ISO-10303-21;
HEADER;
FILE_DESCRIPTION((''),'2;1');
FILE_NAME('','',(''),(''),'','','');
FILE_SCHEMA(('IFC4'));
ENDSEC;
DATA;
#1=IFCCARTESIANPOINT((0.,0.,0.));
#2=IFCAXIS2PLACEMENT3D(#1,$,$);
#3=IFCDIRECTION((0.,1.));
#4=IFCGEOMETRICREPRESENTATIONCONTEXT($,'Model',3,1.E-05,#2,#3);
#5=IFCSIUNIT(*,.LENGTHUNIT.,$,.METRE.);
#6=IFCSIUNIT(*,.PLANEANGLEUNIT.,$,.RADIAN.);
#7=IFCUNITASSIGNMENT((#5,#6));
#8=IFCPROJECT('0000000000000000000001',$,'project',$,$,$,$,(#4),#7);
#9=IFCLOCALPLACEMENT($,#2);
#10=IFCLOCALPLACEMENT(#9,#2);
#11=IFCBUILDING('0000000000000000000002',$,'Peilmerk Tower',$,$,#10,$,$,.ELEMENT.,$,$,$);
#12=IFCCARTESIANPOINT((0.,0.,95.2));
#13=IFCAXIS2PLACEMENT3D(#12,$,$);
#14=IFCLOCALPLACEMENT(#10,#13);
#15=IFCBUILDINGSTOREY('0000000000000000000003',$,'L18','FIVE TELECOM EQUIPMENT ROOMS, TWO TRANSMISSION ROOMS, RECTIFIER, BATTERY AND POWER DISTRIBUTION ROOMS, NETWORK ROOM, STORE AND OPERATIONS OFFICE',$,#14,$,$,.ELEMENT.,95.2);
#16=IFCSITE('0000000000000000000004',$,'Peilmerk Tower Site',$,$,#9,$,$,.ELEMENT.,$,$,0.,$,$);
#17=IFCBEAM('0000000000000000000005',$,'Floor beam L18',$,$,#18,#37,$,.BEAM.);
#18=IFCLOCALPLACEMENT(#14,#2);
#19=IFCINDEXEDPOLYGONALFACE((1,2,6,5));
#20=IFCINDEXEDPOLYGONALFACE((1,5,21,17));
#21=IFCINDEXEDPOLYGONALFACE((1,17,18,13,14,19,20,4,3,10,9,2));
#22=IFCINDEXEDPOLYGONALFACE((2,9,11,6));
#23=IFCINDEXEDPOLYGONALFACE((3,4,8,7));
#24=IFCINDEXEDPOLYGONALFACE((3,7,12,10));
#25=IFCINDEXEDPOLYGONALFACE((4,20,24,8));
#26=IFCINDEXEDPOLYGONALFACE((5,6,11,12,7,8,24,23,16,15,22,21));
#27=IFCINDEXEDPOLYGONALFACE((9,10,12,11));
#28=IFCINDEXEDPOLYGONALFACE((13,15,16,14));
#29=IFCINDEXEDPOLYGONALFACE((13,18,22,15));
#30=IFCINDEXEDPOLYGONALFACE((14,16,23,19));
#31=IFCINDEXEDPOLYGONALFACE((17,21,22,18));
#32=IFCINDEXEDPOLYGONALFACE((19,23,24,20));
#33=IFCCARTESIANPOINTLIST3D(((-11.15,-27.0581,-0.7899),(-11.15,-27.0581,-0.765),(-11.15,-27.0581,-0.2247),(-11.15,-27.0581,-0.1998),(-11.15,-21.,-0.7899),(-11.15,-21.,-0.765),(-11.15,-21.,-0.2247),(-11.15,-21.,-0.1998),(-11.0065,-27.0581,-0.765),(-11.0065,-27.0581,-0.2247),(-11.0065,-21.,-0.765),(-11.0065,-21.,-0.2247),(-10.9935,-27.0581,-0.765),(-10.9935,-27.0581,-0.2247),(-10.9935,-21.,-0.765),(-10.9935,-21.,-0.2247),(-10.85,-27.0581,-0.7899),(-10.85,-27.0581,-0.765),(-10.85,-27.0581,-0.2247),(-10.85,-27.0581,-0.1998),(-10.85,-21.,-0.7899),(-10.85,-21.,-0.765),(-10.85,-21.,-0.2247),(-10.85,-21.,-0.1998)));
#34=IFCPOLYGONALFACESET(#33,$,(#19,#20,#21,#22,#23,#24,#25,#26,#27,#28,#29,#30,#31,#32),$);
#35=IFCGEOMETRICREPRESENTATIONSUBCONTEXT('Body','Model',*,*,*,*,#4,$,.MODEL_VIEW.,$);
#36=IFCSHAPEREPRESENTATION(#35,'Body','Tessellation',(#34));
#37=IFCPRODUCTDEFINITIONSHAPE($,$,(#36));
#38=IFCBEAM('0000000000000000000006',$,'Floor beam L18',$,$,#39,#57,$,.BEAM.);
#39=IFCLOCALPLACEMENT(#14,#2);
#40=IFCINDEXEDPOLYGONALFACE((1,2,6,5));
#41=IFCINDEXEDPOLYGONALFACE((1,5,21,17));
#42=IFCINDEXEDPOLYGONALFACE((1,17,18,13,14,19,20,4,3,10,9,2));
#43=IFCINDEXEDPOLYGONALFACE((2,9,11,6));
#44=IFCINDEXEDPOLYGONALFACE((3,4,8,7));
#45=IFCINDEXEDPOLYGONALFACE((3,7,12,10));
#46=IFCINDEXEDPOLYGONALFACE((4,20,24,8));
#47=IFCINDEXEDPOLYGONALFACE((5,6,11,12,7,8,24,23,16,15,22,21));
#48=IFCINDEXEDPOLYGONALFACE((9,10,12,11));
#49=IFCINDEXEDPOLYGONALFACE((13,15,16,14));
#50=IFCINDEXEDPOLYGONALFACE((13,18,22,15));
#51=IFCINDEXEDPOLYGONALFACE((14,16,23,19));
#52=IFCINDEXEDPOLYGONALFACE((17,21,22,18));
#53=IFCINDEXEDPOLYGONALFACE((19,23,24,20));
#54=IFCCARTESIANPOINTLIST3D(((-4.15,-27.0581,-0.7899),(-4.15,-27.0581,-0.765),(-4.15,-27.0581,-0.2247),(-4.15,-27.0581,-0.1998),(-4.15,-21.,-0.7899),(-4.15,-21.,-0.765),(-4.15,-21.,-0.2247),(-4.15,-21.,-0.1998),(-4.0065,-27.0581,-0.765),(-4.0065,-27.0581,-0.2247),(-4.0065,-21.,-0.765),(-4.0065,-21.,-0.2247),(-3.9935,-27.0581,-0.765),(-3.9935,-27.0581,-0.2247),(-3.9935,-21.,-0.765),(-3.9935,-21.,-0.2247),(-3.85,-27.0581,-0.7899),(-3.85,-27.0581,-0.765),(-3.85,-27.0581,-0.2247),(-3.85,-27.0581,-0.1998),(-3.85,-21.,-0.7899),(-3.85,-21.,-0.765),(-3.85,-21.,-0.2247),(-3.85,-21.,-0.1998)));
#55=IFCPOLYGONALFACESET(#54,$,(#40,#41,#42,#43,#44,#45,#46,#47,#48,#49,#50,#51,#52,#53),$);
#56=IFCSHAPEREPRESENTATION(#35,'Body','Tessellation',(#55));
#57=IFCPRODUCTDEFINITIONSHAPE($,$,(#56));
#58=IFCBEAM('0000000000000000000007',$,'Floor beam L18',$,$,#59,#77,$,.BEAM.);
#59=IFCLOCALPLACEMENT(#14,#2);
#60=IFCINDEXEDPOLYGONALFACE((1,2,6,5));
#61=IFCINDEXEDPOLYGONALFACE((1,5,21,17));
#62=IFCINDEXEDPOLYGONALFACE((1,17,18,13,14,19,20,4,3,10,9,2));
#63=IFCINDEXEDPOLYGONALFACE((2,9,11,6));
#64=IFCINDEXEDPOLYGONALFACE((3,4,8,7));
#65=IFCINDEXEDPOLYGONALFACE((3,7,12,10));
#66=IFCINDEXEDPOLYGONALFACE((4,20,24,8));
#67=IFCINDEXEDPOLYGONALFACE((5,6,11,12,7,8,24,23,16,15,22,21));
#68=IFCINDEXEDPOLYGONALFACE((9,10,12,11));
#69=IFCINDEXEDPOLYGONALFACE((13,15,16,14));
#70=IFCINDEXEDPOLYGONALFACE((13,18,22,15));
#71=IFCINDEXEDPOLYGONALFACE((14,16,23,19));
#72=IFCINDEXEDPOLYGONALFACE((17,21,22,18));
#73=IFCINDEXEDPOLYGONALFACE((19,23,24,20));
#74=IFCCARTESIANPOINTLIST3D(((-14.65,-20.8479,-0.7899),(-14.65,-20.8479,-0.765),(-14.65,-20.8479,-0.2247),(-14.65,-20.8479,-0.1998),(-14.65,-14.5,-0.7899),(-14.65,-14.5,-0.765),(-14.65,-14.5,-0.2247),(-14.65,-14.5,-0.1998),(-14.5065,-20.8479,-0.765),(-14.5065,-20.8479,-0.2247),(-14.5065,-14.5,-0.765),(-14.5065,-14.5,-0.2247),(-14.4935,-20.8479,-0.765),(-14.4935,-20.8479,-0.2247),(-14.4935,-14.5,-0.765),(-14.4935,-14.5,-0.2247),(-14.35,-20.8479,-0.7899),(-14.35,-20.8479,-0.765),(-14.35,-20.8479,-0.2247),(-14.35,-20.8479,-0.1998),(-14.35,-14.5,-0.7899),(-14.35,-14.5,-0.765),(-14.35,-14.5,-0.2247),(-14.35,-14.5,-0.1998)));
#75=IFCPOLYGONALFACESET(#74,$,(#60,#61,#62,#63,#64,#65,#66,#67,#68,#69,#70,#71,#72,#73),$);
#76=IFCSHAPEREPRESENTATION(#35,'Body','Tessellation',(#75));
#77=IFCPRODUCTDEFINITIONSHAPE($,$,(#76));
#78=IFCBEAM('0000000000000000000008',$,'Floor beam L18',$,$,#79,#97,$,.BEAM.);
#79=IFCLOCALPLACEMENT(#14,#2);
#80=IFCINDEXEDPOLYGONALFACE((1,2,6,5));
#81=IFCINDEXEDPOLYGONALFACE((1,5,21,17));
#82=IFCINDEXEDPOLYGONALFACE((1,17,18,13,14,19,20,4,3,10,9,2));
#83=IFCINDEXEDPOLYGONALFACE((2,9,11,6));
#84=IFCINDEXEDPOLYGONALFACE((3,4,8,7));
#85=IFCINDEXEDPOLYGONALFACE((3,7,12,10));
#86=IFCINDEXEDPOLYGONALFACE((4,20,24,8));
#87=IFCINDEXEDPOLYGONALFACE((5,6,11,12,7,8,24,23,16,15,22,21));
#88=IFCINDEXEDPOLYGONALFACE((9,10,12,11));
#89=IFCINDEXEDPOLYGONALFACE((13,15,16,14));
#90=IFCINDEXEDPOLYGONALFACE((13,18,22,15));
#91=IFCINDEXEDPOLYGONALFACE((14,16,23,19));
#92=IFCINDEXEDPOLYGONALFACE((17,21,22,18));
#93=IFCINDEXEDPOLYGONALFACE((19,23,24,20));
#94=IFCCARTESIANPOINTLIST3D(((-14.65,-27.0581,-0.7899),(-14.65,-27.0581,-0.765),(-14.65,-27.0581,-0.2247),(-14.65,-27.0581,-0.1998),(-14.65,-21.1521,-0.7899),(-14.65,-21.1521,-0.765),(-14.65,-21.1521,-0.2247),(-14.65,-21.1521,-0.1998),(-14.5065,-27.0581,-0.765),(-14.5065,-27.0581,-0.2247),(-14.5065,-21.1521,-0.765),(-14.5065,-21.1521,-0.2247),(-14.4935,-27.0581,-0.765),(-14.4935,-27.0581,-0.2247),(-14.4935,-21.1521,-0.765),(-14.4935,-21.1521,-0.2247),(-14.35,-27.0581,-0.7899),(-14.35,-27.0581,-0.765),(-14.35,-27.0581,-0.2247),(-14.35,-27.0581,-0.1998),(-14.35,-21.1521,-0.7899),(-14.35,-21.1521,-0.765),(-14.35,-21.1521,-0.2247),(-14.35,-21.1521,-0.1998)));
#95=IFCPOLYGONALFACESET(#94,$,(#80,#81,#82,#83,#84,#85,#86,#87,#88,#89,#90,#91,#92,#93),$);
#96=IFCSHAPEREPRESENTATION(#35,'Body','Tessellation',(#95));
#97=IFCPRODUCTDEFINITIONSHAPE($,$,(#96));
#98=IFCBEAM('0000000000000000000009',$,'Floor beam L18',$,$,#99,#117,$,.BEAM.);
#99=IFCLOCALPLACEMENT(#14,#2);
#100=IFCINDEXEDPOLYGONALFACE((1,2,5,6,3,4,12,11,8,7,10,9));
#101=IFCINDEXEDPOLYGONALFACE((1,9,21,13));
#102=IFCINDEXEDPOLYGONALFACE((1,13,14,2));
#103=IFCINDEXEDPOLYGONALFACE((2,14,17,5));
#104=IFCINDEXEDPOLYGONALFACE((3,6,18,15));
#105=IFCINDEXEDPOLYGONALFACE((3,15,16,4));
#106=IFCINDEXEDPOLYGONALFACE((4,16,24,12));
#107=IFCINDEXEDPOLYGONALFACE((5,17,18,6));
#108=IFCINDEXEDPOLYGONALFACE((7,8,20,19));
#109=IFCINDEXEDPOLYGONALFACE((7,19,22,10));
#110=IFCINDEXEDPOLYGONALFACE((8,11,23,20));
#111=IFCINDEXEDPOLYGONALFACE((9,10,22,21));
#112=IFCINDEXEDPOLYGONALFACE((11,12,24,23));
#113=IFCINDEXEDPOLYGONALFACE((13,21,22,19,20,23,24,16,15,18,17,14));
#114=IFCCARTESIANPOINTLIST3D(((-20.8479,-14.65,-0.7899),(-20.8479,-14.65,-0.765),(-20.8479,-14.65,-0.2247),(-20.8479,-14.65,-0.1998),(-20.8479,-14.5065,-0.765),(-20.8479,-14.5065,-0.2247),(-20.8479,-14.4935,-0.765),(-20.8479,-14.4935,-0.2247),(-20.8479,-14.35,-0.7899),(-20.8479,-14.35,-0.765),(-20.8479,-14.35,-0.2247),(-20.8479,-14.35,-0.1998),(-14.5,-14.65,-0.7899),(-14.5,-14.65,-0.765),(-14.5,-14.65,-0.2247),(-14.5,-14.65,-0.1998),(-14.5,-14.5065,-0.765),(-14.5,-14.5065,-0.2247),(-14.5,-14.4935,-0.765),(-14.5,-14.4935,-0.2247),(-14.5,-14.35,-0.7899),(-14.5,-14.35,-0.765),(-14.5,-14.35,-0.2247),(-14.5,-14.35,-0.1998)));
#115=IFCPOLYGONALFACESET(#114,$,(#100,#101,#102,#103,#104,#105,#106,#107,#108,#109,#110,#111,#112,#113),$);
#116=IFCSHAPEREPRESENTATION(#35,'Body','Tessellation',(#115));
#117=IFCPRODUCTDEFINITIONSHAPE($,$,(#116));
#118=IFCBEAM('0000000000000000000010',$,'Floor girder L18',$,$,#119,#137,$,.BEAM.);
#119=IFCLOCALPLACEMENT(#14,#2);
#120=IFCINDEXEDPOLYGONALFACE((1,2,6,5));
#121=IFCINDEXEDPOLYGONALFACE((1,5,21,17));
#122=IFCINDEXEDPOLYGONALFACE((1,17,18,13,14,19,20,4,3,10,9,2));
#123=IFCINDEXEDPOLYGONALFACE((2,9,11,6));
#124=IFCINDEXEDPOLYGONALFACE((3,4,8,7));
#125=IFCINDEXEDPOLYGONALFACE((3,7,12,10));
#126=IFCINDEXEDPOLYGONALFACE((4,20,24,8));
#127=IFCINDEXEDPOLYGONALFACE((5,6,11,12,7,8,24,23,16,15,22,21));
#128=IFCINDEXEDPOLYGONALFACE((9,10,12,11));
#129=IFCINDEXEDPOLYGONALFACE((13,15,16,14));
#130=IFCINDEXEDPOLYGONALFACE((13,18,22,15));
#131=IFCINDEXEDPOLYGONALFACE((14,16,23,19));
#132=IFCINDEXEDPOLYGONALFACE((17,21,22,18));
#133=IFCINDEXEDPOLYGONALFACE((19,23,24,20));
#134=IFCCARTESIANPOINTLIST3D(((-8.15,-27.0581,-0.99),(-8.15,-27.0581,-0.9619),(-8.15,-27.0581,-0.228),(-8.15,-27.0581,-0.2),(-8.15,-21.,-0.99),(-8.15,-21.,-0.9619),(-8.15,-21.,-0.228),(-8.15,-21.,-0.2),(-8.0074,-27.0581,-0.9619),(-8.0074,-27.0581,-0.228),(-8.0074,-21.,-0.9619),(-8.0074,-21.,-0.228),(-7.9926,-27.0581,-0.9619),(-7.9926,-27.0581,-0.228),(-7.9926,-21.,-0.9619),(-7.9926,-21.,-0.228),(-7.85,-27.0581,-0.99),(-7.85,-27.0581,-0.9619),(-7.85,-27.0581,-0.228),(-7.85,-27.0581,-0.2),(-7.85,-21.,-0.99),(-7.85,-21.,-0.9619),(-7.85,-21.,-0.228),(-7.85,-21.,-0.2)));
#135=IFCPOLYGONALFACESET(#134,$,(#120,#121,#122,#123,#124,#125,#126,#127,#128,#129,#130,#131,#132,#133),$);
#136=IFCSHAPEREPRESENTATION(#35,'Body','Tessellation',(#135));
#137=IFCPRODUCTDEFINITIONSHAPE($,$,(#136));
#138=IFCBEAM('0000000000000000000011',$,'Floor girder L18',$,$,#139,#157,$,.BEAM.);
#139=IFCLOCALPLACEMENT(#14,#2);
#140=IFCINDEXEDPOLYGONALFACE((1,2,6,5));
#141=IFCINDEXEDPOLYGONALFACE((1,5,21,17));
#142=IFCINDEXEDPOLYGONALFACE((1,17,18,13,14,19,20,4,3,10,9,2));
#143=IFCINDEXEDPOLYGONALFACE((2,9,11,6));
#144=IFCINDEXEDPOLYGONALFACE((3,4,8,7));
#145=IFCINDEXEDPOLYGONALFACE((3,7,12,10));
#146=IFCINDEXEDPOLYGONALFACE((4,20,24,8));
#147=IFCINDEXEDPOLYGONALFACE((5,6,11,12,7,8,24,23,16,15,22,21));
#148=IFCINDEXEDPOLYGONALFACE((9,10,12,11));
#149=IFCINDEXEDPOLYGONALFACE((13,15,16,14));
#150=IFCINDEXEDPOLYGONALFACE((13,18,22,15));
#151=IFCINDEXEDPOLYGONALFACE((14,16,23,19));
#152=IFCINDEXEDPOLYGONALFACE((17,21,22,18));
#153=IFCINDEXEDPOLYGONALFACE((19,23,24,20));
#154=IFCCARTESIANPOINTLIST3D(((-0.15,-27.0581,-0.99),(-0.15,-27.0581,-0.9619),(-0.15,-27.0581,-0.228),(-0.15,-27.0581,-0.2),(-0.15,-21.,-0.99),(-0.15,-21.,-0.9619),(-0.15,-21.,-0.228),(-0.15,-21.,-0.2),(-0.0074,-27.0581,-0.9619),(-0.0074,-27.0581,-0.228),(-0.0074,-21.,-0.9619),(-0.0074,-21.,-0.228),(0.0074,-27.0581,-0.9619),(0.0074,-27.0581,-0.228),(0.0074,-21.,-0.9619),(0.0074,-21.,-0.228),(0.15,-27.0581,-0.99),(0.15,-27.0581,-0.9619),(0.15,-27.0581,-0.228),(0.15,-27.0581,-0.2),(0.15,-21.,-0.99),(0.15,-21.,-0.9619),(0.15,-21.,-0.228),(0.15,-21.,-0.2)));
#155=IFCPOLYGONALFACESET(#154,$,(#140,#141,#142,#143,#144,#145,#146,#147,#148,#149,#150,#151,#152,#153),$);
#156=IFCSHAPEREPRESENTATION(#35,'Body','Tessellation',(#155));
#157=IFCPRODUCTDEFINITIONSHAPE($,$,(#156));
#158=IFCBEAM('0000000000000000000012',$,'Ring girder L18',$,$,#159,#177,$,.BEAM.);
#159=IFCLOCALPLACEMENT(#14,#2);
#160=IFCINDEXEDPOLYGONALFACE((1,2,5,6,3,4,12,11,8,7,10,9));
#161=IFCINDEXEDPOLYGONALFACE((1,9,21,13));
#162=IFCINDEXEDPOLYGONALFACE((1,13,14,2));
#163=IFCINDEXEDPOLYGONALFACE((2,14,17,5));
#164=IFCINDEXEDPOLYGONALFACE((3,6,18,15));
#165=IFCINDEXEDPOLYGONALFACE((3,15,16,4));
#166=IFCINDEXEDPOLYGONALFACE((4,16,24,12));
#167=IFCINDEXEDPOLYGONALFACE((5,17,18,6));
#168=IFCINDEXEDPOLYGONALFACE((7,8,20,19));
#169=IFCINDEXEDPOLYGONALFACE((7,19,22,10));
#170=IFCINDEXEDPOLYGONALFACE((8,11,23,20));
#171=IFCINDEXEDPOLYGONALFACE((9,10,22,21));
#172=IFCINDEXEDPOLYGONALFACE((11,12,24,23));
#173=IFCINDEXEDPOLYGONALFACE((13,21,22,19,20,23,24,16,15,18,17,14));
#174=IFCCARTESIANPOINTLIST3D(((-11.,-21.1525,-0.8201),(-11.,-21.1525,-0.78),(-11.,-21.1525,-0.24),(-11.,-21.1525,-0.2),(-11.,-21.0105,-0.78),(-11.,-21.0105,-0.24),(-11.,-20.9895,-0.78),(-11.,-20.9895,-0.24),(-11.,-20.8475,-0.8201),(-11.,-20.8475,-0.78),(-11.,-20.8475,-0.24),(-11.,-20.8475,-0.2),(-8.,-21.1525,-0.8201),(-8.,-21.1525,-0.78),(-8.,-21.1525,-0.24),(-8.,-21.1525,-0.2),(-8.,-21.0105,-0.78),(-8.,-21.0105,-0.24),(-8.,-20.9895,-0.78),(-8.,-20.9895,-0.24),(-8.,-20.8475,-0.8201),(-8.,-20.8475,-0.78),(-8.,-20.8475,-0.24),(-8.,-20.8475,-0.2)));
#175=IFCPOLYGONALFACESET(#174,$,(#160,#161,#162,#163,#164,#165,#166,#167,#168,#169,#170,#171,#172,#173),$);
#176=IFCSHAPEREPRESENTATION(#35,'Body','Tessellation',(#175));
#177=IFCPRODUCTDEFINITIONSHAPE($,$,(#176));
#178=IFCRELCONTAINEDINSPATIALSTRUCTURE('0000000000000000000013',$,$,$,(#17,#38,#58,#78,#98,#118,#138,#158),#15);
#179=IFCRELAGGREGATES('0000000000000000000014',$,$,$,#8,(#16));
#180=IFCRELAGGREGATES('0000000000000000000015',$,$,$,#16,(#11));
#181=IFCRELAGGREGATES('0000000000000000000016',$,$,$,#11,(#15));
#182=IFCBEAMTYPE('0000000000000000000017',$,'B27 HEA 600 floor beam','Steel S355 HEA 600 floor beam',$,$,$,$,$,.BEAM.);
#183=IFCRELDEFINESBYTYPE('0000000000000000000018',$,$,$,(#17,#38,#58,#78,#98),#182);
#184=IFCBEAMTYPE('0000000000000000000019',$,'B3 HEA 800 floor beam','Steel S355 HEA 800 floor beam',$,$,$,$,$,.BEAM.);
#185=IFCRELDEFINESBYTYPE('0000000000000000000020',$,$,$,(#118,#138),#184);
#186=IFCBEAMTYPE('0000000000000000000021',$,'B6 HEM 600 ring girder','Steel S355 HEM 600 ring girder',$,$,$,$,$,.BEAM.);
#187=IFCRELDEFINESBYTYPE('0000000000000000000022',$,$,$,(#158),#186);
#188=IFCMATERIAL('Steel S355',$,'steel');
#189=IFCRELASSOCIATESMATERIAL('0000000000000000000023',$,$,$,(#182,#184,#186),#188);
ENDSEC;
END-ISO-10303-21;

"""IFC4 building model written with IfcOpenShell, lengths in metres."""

from ifc_helpers import new_model, si_unit, direction, frame, origin, origin_2d, place, context, subcontext, project, spatial, i_section, extrude, material, material_profile, profile_set, type_object, element, save


model = new_model("IFC4")

# Units and contexts
model_context = context("Model", 3, precision=1e-05, world=origin(), true_north=direction((0.0, 1.0)))
body_context = subcontext(model_context, "Body", "Model", "MODEL_VIEW")
ifc_project = project(units=[si_unit("LENGTHUNIT", "METRE"), si_unit("PLANEANGLEUNIT", "RADIAN")], contexts=[model_context])

# Site, building, storey
site_placement = place(None, origin())
site = spatial("IfcSite", under=ifc_project, at=site_placement, Name="Peilmerk Tower Site", CompositionType="ELEMENT", RefElevation=0.0)
building_placement = place(site_placement, origin())
building = spatial("IfcBuilding", under=site, at=building_placement, Name="Peilmerk Tower", CompositionType="ELEMENT")
storey_placement = place(building_placement, frame((0.0, 0.0, 95.2)))
storey = spatial("IfcBuildingStorey", under=building, at=storey_placement, Name="L18", Description="FIVE TELECOM EQUIPMENT ROOMS, TWO TRANSMISSION ROOMS, RECTIFIER, BATTERY AND POWER DISTRIBUTION ROOMS, NETWORK ROOM, STORE AND OPERATIONS OFFICE", CompositionType="ELEMENT", Elevation=95.2)

# Beams
ifc_material_1 = material(Name="Steel S355", Category="steel")
ifc_material_profile_1 = material_profile(ifc_material_1, i_section(OverallWidth=0.3, OverallDepth=0.5901, WebThickness=0.0129, FlangeThickness=0.0249, at=origin_2d()), Name="HEA 600")
ifc_profile_set_1 = profile_set([ifc_material_profile_1], Name="Steel S355")
beam_type_1 = type_object("IfcBeamType", Name="B27 HEA 600 floor beam", Description="Steel S355 HEA 600 floor beam", PredefinedType="BEAM", material=ifc_profile_set_1)
for number, where, z_axis, x_axis, name in (
    (1, (-11.0, -21.0, -0.4949), (0.0, -1.0, 0.0), (1.0, 0.0, 0.0), "Floor beam L18"),
    (2, (-4.0, -21.0, -0.4949), (0.0, -1.0, 0.0), (1.0, 0.0, 0.0), "Floor beam L18"),
):
    element("IfcBeam", number, at=place(storey_placement, frame(where, z_axis=z_axis, x_axis=x_axis)), inside=storey, type_object=beam_type_1, Name=name, PredefinedType="BEAM", context=body_context, shape_type="SweptSolid", body=[
        extrude(i_section(OverallWidth=0.3, OverallDepth=0.5901, WebThickness=0.0129, FlangeThickness=0.0249, at=origin_2d()), origin(), (0.0, 0.0, 1.0), 6.0581),
    ])
beam_1_placement = place(storey_placement, frame((-14.5, -14.5, -0.4949), z_axis=(0.0, -1.0, 0.0), x_axis=(1.0, 0.0, 0.0)))
element("IfcBeam", 3, at=beam_1_placement, inside=storey, type_object=beam_type_1, Name="Floor beam L18", PredefinedType="BEAM", context=body_context, shape_type="SweptSolid", body=[
    extrude(i_section(OverallWidth=0.3, OverallDepth=0.5901, WebThickness=0.0129, FlangeThickness=0.0249, at=origin_2d()), origin(), (0.0, 0.0, 1.0), 6.3479),
])
beam_2_placement = place(storey_placement, frame((-14.5, -21.1521, -0.4949), z_axis=(0.0, -1.0, 0.0), x_axis=(1.0, 0.0, 0.0)))
element("IfcBeam", 4, at=beam_2_placement, inside=storey, type_object=beam_type_1, Name="Floor beam L18", PredefinedType="BEAM", context=body_context, shape_type="SweptSolid", body=[
    extrude(i_section(OverallWidth=0.3, OverallDepth=0.5901, WebThickness=0.0129, FlangeThickness=0.0249, at=origin_2d()), origin(), (0.0, 0.0, 1.0), 5.906),
])
beam_3_placement = place(storey_placement, frame((-14.5, -14.5, -0.4949), z_axis=(-1.0, 0.0, 0.0), x_axis=(0.0, -1.0, 0.0)))
element("IfcBeam", 5, at=beam_3_placement, inside=storey, type_object=beam_type_1, Name="Floor beam L18", PredefinedType="BEAM", context=body_context, shape_type="SweptSolid", body=[
    extrude(i_section(OverallWidth=0.3, OverallDepth=0.5901, WebThickness=0.0129, FlangeThickness=0.0249, at=origin_2d()), origin(), (0.0, 0.0, 1.0), 6.3479),
])
ifc_material_profile_2 = material_profile(ifc_material_1, i_section(OverallWidth=0.3, OverallDepth=0.79, WebThickness=0.0149, FlangeThickness=0.0281, at=origin_2d()), Name="HEA 800")
ifc_profile_set_2 = profile_set([ifc_material_profile_2], Name="Steel S355")
beam_type_2 = type_object("IfcBeamType", Name="B3 HEA 800 floor beam", Description="Steel S355 HEA 800 floor beam", PredefinedType="BEAM", material=ifc_profile_set_2)
for number, where, z_axis, x_axis, name in (
    (6, (-8.0, -21.0, -0.595), (0.0, -1.0, 0.0), (1.0, 0.0, 0.0), "Floor girder L18"),
    (7, (0.0, -21.0, -0.595), (0.0, -1.0, 0.0), (1.0, 0.0, 0.0), "Floor girder L18"),
):
    element("IfcBeam", number, at=place(storey_placement, frame(where, z_axis=z_axis, x_axis=x_axis)), inside=storey, type_object=beam_type_2, Name=name, PredefinedType="BEAM", context=body_context, shape_type="SweptSolid", body=[
        extrude(i_section(OverallWidth=0.3, OverallDepth=0.79, WebThickness=0.0149, FlangeThickness=0.0281, at=origin_2d()), origin(), (0.0, 0.0, 1.0), 6.0581),
    ])
ifc_material_profile_3 = material_profile(ifc_material_1, i_section(OverallWidth=0.3049, OverallDepth=0.6201, WebThickness=0.021, FlangeThickness=0.04, at=origin_2d()), Name="HEM 600")
ifc_profile_set_3 = profile_set([ifc_material_profile_3], Name="Steel S355")
beam_type_3 = type_object("IfcBeamType", Name="B6 HEM 600 ring girder", Description="Steel S355 HEM 600 ring girder", PredefinedType="BEAM", material=ifc_profile_set_3)
beam_4_placement = place(storey_placement, frame((-11.0, -21.0, -0.51), z_axis=(1.0, 0.0, 0.0), x_axis=(0.0, 1.0, 0.0)))
element("IfcBeam", 8, at=beam_4_placement, inside=storey, type_object=beam_type_3, Name="Ring girder L18", PredefinedType="BEAM", context=body_context, shape_type="SweptSolid", body=[
    extrude(i_section(OverallWidth=0.3049, OverallDepth=0.6201, WebThickness=0.021, FlangeThickness=0.04, at=origin_2d()), origin(), (0.0, 0.0, 1.0), 3.0),
])

save(model, "model.ifc")
